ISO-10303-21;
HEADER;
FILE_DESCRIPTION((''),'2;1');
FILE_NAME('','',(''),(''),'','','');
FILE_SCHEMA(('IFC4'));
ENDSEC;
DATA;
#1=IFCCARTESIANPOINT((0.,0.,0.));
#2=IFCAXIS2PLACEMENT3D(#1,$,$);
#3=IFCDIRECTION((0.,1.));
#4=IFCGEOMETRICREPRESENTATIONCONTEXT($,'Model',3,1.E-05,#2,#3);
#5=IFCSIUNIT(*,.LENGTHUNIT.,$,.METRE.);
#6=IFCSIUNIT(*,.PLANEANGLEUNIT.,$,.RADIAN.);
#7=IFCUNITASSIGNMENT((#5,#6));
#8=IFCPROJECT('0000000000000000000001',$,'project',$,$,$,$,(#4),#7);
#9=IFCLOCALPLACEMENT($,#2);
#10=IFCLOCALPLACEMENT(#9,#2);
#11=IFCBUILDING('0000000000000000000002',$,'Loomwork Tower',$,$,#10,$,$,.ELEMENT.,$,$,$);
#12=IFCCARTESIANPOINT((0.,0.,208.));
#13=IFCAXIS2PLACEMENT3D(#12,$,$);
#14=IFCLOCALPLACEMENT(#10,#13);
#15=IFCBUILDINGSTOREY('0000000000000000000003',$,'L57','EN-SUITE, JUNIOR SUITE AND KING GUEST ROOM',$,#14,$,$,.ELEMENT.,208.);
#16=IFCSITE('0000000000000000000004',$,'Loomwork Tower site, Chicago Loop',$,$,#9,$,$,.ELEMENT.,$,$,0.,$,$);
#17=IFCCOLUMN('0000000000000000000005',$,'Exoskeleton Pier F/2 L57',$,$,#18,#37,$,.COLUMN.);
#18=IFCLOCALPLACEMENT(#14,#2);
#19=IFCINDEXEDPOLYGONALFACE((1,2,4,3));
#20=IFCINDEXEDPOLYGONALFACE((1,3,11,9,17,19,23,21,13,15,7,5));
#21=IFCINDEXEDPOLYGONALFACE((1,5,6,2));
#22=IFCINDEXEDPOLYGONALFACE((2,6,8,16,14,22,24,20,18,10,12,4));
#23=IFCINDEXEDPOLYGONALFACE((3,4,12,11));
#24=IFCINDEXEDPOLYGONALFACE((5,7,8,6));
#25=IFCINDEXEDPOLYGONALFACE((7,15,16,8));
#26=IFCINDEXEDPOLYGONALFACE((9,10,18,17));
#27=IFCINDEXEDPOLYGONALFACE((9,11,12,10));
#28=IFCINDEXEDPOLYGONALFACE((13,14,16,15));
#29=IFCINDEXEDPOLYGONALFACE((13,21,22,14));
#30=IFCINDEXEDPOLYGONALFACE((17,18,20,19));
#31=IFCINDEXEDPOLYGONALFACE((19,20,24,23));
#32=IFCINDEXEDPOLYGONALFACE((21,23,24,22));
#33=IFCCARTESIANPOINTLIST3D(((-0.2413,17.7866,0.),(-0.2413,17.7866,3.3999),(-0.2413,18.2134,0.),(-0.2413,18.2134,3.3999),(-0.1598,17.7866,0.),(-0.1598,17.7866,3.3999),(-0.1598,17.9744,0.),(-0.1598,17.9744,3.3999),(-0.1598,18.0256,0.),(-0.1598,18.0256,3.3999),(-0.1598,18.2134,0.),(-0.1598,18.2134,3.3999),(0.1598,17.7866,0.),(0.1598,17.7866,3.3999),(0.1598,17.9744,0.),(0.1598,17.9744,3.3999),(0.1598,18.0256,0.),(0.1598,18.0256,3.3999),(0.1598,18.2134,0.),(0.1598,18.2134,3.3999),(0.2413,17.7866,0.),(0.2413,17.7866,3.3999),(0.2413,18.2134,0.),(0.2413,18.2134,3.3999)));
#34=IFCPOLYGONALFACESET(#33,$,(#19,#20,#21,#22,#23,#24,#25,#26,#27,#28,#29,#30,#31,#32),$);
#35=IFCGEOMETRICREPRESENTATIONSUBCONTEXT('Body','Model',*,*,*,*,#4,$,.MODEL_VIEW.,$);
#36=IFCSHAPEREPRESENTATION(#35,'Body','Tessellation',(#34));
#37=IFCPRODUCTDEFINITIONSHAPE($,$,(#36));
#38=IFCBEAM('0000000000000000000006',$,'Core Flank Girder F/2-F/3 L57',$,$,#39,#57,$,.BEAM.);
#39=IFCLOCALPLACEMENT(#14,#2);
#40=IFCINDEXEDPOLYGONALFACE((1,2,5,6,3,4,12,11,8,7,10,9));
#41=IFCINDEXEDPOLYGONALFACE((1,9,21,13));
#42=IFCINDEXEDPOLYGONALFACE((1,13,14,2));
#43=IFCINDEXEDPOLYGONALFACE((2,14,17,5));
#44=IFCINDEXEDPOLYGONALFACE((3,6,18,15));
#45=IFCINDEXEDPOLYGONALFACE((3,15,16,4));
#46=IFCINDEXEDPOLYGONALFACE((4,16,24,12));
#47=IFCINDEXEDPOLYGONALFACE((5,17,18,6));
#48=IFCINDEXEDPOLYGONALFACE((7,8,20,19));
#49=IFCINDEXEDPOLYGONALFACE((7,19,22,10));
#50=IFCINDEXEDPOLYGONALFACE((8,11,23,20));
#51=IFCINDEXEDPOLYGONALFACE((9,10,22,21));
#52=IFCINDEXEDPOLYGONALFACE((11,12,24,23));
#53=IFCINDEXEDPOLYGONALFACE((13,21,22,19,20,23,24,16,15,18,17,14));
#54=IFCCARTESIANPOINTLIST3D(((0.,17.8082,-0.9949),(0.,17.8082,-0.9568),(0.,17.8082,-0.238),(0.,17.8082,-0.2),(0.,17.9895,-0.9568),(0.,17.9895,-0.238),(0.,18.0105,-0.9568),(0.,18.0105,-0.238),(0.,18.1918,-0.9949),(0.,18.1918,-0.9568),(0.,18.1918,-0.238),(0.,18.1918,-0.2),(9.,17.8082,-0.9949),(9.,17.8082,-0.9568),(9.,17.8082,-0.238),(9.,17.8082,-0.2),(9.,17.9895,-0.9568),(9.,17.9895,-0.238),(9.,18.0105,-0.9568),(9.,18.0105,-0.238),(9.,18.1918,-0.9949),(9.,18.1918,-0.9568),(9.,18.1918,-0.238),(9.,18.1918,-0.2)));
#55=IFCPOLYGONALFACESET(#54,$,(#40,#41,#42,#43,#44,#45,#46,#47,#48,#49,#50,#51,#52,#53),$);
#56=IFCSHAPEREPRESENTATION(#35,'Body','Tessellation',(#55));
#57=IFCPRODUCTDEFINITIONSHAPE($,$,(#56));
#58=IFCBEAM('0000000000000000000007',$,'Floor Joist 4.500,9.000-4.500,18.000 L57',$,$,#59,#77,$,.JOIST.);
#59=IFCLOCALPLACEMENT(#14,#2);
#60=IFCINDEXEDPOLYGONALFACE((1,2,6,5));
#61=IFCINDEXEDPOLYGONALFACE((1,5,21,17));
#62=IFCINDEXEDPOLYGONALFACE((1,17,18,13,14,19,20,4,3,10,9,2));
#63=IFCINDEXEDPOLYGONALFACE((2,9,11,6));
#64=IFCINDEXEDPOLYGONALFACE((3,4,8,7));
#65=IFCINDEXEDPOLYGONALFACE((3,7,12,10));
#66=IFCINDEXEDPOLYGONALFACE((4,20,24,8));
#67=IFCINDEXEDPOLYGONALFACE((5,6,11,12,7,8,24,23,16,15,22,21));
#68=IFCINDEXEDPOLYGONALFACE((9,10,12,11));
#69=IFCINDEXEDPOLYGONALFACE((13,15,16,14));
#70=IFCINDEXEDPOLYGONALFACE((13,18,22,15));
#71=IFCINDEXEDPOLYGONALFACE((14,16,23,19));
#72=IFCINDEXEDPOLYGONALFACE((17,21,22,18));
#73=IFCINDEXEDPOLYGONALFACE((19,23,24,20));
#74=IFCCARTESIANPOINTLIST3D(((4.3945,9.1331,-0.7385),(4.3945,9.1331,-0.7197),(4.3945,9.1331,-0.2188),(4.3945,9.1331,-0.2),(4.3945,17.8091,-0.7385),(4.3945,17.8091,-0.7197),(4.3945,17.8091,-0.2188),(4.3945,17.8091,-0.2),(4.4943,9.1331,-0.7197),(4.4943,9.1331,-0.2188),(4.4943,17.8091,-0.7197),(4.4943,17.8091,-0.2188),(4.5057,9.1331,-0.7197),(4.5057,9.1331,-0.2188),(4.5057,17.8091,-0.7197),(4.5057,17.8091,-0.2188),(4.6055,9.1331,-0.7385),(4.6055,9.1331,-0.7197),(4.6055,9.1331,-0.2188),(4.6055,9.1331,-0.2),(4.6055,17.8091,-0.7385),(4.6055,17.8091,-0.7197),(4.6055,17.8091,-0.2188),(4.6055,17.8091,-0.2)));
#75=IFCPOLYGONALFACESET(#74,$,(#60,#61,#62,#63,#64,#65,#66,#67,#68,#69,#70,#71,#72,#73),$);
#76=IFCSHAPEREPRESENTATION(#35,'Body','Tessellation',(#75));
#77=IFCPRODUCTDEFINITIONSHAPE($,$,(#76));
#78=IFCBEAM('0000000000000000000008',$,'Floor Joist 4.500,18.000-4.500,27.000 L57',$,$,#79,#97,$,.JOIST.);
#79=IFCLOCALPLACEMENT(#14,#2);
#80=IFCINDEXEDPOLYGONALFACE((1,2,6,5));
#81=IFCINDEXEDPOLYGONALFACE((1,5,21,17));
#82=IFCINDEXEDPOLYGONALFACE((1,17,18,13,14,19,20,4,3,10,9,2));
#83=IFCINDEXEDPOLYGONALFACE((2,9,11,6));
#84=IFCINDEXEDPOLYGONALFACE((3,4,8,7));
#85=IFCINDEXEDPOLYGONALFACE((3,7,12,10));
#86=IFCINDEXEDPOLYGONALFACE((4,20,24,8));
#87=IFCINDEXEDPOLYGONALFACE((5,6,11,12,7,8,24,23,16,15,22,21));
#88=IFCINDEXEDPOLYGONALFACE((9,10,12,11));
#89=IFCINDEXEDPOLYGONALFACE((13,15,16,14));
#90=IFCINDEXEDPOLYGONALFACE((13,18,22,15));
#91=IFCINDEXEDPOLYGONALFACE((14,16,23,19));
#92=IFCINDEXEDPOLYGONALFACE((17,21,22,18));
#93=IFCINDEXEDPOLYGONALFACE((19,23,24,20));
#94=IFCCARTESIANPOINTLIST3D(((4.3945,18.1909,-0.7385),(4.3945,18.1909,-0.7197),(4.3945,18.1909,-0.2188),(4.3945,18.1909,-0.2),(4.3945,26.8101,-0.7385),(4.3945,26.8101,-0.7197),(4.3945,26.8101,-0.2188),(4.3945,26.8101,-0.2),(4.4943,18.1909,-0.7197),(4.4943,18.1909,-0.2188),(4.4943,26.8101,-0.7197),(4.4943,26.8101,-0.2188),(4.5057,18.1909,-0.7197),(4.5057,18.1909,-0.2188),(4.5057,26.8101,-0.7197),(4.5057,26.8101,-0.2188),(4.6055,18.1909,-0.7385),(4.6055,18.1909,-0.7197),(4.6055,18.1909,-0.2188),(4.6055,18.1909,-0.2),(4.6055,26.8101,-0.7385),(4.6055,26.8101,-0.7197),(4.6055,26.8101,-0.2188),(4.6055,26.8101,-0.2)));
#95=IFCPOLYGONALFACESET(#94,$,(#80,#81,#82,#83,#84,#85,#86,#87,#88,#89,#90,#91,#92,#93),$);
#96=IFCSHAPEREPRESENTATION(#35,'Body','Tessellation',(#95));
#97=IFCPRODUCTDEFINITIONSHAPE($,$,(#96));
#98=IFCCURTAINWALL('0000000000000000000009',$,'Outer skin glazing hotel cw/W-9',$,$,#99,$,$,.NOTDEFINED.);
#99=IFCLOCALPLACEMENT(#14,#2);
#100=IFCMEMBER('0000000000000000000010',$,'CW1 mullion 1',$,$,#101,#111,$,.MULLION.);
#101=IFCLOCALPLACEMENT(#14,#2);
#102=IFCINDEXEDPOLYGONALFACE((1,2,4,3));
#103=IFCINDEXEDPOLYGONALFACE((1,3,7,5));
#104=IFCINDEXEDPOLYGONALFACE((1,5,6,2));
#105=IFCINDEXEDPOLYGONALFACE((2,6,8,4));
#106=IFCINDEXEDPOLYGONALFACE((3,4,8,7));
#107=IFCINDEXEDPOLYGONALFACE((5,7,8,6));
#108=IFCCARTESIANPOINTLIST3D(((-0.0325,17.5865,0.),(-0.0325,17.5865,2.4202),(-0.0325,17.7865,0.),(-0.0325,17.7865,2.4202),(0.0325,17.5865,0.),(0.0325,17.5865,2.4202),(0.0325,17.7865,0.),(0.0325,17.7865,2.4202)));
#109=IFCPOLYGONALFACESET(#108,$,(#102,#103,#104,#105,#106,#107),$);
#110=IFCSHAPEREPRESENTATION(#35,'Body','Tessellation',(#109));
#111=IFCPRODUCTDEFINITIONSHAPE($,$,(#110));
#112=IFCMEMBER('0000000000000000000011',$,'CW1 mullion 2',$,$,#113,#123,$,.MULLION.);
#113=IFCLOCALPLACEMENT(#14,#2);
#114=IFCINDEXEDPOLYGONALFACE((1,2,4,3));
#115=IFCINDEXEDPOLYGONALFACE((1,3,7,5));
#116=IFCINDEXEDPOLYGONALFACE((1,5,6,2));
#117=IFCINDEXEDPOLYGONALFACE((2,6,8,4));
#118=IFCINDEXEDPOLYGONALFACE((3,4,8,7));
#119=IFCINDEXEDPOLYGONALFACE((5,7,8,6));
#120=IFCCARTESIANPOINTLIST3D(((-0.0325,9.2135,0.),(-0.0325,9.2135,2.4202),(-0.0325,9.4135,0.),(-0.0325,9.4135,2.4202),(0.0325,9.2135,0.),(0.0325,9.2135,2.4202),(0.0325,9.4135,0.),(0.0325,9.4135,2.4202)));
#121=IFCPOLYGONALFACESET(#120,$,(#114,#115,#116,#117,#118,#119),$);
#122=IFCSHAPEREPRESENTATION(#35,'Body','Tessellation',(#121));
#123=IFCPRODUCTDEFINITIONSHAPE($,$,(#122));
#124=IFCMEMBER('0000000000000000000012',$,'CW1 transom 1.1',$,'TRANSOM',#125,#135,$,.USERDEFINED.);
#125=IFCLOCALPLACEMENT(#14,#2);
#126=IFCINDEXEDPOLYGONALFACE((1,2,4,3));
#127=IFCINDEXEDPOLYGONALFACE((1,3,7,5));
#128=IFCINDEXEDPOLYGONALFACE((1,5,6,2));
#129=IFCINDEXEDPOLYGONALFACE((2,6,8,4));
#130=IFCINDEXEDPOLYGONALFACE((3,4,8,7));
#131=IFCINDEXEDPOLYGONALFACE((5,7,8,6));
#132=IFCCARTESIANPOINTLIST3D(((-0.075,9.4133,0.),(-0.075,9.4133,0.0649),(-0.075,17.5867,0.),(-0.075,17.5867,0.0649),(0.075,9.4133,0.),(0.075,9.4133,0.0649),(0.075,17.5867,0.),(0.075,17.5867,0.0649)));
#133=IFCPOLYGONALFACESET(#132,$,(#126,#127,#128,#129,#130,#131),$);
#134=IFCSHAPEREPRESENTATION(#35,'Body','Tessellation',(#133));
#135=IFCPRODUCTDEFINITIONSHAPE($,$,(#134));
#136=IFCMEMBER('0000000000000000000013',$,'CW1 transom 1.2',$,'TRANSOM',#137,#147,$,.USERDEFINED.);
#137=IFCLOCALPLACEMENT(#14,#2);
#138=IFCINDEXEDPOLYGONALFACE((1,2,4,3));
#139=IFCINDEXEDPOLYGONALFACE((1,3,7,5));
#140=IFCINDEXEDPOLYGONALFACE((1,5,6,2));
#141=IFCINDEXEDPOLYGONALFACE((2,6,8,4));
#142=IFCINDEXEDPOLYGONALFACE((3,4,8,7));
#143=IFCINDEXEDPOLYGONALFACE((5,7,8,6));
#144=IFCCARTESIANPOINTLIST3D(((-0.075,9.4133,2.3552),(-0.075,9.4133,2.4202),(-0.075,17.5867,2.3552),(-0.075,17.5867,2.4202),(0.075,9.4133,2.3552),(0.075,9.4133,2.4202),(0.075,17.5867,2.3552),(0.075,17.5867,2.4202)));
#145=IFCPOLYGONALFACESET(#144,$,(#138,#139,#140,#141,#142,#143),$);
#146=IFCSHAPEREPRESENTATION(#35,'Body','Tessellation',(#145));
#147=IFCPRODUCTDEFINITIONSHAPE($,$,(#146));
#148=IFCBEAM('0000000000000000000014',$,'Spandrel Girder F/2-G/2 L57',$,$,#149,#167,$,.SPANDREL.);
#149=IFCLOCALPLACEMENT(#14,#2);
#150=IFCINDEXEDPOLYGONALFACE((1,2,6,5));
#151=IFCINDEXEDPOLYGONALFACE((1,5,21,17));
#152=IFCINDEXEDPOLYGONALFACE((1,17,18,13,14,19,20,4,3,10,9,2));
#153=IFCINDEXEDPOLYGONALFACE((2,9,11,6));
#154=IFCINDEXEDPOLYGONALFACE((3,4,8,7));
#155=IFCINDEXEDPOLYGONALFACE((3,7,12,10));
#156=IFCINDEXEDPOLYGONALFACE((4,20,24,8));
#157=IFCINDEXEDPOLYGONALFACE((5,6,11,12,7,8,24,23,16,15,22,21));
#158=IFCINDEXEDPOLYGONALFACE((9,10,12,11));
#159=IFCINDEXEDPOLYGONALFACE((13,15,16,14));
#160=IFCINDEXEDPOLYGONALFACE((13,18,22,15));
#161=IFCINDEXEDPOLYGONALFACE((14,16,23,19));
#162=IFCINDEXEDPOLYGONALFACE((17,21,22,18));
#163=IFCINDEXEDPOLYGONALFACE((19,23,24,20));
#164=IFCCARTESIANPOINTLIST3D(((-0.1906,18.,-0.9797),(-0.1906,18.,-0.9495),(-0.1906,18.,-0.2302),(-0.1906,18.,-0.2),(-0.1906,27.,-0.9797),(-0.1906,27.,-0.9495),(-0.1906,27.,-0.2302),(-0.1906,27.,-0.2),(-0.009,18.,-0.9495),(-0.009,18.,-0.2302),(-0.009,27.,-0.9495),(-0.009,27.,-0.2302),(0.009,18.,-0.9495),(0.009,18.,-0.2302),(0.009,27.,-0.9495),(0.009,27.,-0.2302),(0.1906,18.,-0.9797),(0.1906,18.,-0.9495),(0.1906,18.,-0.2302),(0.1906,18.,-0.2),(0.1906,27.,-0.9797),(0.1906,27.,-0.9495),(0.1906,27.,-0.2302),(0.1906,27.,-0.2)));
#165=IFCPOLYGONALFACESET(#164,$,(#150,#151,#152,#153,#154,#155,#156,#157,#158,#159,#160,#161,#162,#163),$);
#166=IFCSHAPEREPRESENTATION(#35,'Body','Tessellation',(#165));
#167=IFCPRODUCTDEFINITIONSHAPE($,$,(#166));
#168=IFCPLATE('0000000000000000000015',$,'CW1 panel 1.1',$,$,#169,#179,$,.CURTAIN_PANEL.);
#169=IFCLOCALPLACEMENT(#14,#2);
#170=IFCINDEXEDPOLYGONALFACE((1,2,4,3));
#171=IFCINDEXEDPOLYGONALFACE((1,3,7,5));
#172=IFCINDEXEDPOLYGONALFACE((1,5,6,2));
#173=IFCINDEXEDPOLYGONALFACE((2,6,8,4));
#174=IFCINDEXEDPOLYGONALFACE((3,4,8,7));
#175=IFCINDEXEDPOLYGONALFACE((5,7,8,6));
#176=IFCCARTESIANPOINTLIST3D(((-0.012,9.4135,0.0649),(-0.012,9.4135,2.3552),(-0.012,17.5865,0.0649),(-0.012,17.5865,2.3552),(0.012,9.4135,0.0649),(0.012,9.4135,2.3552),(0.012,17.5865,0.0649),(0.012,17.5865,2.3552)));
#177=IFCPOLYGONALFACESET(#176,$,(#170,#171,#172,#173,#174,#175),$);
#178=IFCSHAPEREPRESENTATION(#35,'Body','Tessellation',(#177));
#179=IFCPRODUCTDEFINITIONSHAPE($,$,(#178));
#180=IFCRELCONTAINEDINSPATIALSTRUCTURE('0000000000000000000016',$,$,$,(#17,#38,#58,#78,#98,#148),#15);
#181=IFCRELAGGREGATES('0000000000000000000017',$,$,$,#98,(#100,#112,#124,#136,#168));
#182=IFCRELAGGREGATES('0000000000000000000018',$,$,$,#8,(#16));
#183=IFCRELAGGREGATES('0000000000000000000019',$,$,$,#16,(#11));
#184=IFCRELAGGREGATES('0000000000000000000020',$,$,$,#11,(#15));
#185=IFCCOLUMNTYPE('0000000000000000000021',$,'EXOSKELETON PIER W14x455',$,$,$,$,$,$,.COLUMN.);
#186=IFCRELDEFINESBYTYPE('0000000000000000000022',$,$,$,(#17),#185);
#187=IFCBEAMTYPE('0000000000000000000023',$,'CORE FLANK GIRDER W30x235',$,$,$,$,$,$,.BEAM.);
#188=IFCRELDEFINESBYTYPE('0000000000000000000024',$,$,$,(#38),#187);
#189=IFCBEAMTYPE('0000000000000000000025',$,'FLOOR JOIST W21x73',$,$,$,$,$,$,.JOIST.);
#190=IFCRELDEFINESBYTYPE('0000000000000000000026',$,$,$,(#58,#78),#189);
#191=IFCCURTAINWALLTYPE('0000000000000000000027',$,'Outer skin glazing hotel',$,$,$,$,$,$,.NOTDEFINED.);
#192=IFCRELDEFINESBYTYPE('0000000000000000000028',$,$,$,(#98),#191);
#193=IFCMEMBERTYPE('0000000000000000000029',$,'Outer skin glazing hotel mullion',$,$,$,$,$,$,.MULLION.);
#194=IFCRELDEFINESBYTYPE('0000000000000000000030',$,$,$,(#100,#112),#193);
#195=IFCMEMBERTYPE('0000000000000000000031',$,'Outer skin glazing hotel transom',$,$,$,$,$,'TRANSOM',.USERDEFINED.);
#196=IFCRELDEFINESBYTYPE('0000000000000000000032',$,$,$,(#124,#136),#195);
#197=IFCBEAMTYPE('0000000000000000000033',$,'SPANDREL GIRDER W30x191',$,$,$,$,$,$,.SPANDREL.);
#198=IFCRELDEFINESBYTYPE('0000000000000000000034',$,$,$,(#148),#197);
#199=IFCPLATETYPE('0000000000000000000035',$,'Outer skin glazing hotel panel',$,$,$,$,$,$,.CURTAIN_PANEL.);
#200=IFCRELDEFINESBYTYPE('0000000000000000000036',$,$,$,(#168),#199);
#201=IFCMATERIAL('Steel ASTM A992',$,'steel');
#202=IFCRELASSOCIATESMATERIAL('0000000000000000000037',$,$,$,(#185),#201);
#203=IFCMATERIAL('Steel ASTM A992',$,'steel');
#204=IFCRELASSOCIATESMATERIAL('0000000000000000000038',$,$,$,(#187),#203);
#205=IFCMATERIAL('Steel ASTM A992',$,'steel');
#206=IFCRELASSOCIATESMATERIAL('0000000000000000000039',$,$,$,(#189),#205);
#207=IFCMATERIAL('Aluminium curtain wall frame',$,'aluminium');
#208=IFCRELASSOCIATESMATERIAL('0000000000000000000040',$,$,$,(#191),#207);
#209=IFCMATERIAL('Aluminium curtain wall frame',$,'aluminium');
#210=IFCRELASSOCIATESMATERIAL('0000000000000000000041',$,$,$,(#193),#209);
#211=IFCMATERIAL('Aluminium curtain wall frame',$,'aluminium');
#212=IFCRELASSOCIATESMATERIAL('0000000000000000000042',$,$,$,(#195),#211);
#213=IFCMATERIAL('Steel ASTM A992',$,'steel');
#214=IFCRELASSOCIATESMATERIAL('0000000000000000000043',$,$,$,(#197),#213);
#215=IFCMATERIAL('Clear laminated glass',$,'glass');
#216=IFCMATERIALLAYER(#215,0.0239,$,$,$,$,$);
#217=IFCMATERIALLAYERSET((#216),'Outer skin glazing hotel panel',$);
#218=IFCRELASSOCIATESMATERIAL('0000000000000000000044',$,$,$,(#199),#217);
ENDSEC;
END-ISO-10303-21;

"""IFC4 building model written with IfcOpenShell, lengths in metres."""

from ifc_helpers import new_model, si_unit, direction, frame, origin, origin_2d, place, context, subcontext, project, spatial, rectangle, i_section, extrude, material, layer, layer_set, material_profile, profile_set, type_object, element, aggregate, save


model = new_model("IFC4")

# Units and contexts
model_context = context("Model", 3, precision=1e-05, world=origin(), true_north=direction((0.0, 1.0)))
body_context = subcontext(model_context, "Body", "Model", "MODEL_VIEW")
ifc_project = project(units=[si_unit("LENGTHUNIT", "METRE"), si_unit("PLANEANGLEUNIT", "RADIAN")], contexts=[model_context])

# Site, building, storey
site_placement = place(None, origin())
site = spatial("IfcSite", under=ifc_project, at=site_placement, Name="Loomwork Tower site, Chicago Loop", CompositionType="ELEMENT", RefElevation=0.0)
building_placement = place(site_placement, origin())
building = spatial("IfcBuilding", under=site, at=building_placement, Name="Loomwork Tower", CompositionType="ELEMENT")
storey_placement = place(building_placement, frame((0.0, 0.0, 208.0)))
storey = spatial("IfcBuildingStorey", under=building, at=storey_placement, Name="L57", Description="EN-SUITE, JUNIOR SUITE AND KING GUEST ROOM", CompositionType="ELEMENT", Elevation=208.0)

# Column
ifc_material_1 = material(Name="Steel ASTM A992", Category="steel")
ifc_material_profile_1 = material_profile(ifc_material_1, i_section(OverallWidth=0.4268, OverallDepth=0.4827, WebThickness=0.0513, FlangeThickness=0.0815, at=origin_2d()), Name="W14x455")
ifc_profile_set_1 = profile_set([ifc_material_profile_1], Name="Steel ASTM A992")
column_type = type_object("IfcColumnType", Name="EXOSKELETON PIER W14x455", PredefinedType="COLUMN", material=ifc_profile_set_1)
column_placement = place(storey_placement, frame((0.0, 18.0, 0.0), z_axis=(0.0, 0.0, 1.0), x_axis=(0.0, 1.0, 0.0)))
element("IfcColumn", 1, at=column_placement, inside=storey, type_object=column_type, Name="Exoskeleton Pier F/2 L57", PredefinedType="COLUMN", context=body_context, shape_type="SweptSolid", body=[
    extrude(i_section(OverallWidth=0.4268, OverallDepth=0.4827, WebThickness=0.0513, FlangeThickness=0.0815, at=origin_2d()), origin(), (0.0, 0.0, 1.0), 3.3999),
])

# Beams
ifc_material_2 = material(Name="Steel ASTM A992", Category="steel")
ifc_material_profile_2 = material_profile(ifc_material_2, i_section(OverallWidth=0.3835, OverallDepth=0.7949, WebThickness=0.021, FlangeThickness=0.0381, at=origin_2d()), Name="W30x235")
ifc_profile_set_2 = profile_set([ifc_material_profile_2], Name="Steel ASTM A992")
beam_type_1 = type_object("IfcBeamType", Name="CORE FLANK GIRDER W30x235", PredefinedType="BEAM", material=ifc_profile_set_2)
beam_1_placement = place(storey_placement, frame((0.0, 18.0, -0.5974), z_axis=(1.0, 0.0, 0.0), x_axis=(0.0, 1.0, 0.0)))
element("IfcBeam", 2, at=beam_1_placement, inside=storey, type_object=beam_type_1, Name="Core Flank Girder F/2-F/3 L57", PredefinedType="BEAM", context=body_context, shape_type="SweptSolid", body=[
    extrude(i_section(OverallWidth=0.3835, OverallDepth=0.7949, WebThickness=0.021, FlangeThickness=0.0381, at=origin_2d()), origin(), (0.0, 0.0, 1.0), 9.0),
])
ifc_material_3 = material(Name="Steel ASTM A992", Category="steel")
ifc_material_profile_3 = material_profile(ifc_material_3, i_section(OverallWidth=0.2109, OverallDepth=0.5386, WebThickness=0.0115, FlangeThickness=0.0188, at=origin_2d()), Name="W21x73")
ifc_profile_set_3 = profile_set([ifc_material_profile_3], Name="Steel ASTM A992")
beam_type_2 = type_object("IfcBeamType", Name="FLOOR JOIST W21x73", PredefinedType="JOIST", material=ifc_profile_set_3)
beam_2_placement = place(storey_placement, frame((4.5, 9.1331, -0.4692), z_axis=(0.0, 1.0, 0.0), x_axis=(-1.0, 0.0, 0.0)))
element("IfcBeam", 3, at=beam_2_placement, inside=storey, type_object=beam_type_2, Name="Floor Joist 4.500,9.000-4.500,18.000 L57", PredefinedType="JOIST", context=body_context, shape_type="SweptSolid", body=[
    extrude(i_section(OverallWidth=0.2109, OverallDepth=0.5386, WebThickness=0.0115, FlangeThickness=0.0188, at=origin_2d()), origin(), (0.0, 0.0, 1.0), 8.676),
])
beam_3_placement = place(storey_placement, frame((4.5, 18.1909, -0.4692), z_axis=(0.0, 1.0, 0.0), x_axis=(-1.0, 0.0, 0.0)))
element("IfcBeam", 4, at=beam_3_placement, inside=storey, type_object=beam_type_2, Name="Floor Joist 4.500,18.000-4.500,27.000 L57", PredefinedType="JOIST", context=body_context, shape_type="SweptSolid", body=[
    extrude(i_section(OverallWidth=0.2109, OverallDepth=0.5386, WebThickness=0.0115, FlangeThickness=0.0188, at=origin_2d()), origin(), (0.0, 0.0, 1.0), 8.6191),
])

# Curtain wall, members
ifc_material_4 = material(Name="Aluminium curtain wall frame", Category="aluminium")
curtain_wall_type = type_object("IfcCurtainWallType", Name="Outer skin glazing hotel", PredefinedType="NOTDEFINED", material=ifc_material_4)
curtain_wall_placement = place(storey_placement, origin())
curtain_wall = element("IfcCurtainWall", 5, at=curtain_wall_placement, inside=storey, type_object=curtain_wall_type, Name="Outer skin glazing hotel cw/W-9", PredefinedType="NOTDEFINED")
ifc_material_5 = material(Name="Aluminium curtain wall frame", Category="aluminium")
ifc_material_profile_4 = material_profile(ifc_material_5, rectangle(XDim=0.0649, YDim=0.2, at=origin_2d()), Name="AL 65x200")
ifc_profile_set_4 = profile_set([ifc_material_profile_4], Name="Aluminium curtain wall frame")
member_type_1 = type_object("IfcMemberType", Name="Outer skin glazing hotel mullion", PredefinedType="MULLION", material=ifc_profile_set_4)
member_1_placement = place(storey_placement, frame((0.0, 17.6865, 0.0), z_axis=(0.0, 0.0, 1.0), x_axis=(1.0, 0.0, 0.0)))
member_1 = element("IfcMember", 6, at=member_1_placement, type_object=member_type_1, Name="CW1 mullion 1", PredefinedType="MULLION", context=body_context, shape_type="SweptSolid", body=[
    extrude(rectangle(XDim=0.0649, YDim=0.2, at=origin_2d()), origin(), (0.0, 0.0, 1.0), 2.4202),
])
member_2_placement = place(storey_placement, frame((0.0, 9.3135, 0.0), z_axis=(0.0, 0.0, 1.0), x_axis=(1.0, 0.0, 0.0)))
member_2 = element("IfcMember", 7, at=member_2_placement, type_object=member_type_1, Name="CW1 mullion 2", PredefinedType="MULLION", context=body_context, shape_type="SweptSolid", body=[
    extrude(rectangle(XDim=0.0649, YDim=0.2, at=origin_2d()), origin(), (0.0, 0.0, 1.0), 2.4202),
])
ifc_material_6 = material(Name="Aluminium curtain wall frame", Category="aluminium")
ifc_material_profile_5 = material_profile(ifc_material_6, rectangle(XDim=0.1499, YDim=0.0649, at=origin_2d()), Name="AL 65x150")
ifc_profile_set_5 = profile_set([ifc_material_profile_5], Name="Aluminium curtain wall frame")
member_type_2 = type_object("IfcMemberType", Name="Outer skin glazing hotel transom", ElementType="TRANSOM", PredefinedType="USERDEFINED", material=ifc_profile_set_5)
member_3_placement = place(storey_placement, frame((0.0, 17.5867, 0.0325), z_axis=(0.0, -1.0, 0.0), x_axis=(1.0, 0.0, 0.0)))
member_3 = element("IfcMember", 8, at=member_3_placement, type_object=member_type_2, Name="CW1 transom 1.1", ObjectType="TRANSOM", PredefinedType="USERDEFINED", context=body_context, shape_type="SweptSolid", body=[
    extrude(rectangle(XDim=0.1499, YDim=0.0649, at=origin_2d()), origin(), (0.0, 0.0, 1.0), 8.1733),
])
member_4_placement = place(storey_placement, frame((0.0, 17.5867, 2.3877), z_axis=(0.0, -1.0, 0.0), x_axis=(1.0, 0.0, 0.0)))
member_4 = element("IfcMember", 9, at=member_4_placement, type_object=member_type_2, Name="CW1 transom 1.2", ObjectType="TRANSOM", PredefinedType="USERDEFINED", context=body_context, shape_type="SweptSolid", body=[
    extrude(rectangle(XDim=0.1499, YDim=0.0649, at=origin_2d()), origin(), (0.0, 0.0, 1.0), 8.1733),
])

# Beam
ifc_material_7 = material(Name="Steel ASTM A992", Category="steel")
ifc_material_profile_6 = material_profile(ifc_material_7, i_section(OverallWidth=0.3811, OverallDepth=0.7798, WebThickness=0.0181, FlangeThickness=0.0303, at=origin_2d()), Name="W30x191")
ifc_profile_set_6 = profile_set([ifc_material_profile_6], Name="Steel ASTM A992")
beam_type_3 = type_object("IfcBeamType", Name="SPANDREL GIRDER W30x191", PredefinedType="SPANDREL", material=ifc_profile_set_6)
beam_4_placement = place(storey_placement, frame((0.0, 18.0, -0.5898), z_axis=(0.0, 1.0, 0.0), x_axis=(-1.0, 0.0, 0.0)))
element("IfcBeam", 10, at=beam_4_placement, inside=storey, type_object=beam_type_3, Name="Spandrel Girder F/2-G/2 L57", PredefinedType="SPANDREL", context=body_context, shape_type="SweptSolid", body=[
    extrude(i_section(OverallWidth=0.3811, OverallDepth=0.7798, WebThickness=0.0181, FlangeThickness=0.0303, at=origin_2d()), origin(), (0.0, 0.0, 1.0), 9.0),
])

# Plate
ifc_material_8 = material(Name="Clear laminated glass", Category="glass")
ifc_layer_1 = layer(ifc_material_8, 0.0239)
ifc_layer_set_1 = layer_set([ifc_layer_1], Name="Outer skin glazing hotel panel")
plate_type = type_object("IfcPlateType", Name="Outer skin glazing hotel panel", PredefinedType="CURTAIN_PANEL", material=ifc_layer_set_1)
plate_placement = place(storey_placement, frame((0.0, 13.5, 0.0649), z_axis=(0.0, 0.0, 1.0), x_axis=(0.0, -1.0, 0.0)))
plate = element("IfcPlate", 11, at=plate_placement, type_object=plate_type, Name="CW1 panel 1.1", PredefinedType="CURTAIN_PANEL", context=body_context, shape_type="SweptSolid", body=[
    extrude(rectangle(XDim=8.1731, YDim=0.0239, at=origin_2d()), origin(), (0.0, 0.0, 1.0), 2.2903),
])
aggregate(curtain_wall, [member_1, member_2, member_3, member_4, plate])

save(model, "model.ifc")
